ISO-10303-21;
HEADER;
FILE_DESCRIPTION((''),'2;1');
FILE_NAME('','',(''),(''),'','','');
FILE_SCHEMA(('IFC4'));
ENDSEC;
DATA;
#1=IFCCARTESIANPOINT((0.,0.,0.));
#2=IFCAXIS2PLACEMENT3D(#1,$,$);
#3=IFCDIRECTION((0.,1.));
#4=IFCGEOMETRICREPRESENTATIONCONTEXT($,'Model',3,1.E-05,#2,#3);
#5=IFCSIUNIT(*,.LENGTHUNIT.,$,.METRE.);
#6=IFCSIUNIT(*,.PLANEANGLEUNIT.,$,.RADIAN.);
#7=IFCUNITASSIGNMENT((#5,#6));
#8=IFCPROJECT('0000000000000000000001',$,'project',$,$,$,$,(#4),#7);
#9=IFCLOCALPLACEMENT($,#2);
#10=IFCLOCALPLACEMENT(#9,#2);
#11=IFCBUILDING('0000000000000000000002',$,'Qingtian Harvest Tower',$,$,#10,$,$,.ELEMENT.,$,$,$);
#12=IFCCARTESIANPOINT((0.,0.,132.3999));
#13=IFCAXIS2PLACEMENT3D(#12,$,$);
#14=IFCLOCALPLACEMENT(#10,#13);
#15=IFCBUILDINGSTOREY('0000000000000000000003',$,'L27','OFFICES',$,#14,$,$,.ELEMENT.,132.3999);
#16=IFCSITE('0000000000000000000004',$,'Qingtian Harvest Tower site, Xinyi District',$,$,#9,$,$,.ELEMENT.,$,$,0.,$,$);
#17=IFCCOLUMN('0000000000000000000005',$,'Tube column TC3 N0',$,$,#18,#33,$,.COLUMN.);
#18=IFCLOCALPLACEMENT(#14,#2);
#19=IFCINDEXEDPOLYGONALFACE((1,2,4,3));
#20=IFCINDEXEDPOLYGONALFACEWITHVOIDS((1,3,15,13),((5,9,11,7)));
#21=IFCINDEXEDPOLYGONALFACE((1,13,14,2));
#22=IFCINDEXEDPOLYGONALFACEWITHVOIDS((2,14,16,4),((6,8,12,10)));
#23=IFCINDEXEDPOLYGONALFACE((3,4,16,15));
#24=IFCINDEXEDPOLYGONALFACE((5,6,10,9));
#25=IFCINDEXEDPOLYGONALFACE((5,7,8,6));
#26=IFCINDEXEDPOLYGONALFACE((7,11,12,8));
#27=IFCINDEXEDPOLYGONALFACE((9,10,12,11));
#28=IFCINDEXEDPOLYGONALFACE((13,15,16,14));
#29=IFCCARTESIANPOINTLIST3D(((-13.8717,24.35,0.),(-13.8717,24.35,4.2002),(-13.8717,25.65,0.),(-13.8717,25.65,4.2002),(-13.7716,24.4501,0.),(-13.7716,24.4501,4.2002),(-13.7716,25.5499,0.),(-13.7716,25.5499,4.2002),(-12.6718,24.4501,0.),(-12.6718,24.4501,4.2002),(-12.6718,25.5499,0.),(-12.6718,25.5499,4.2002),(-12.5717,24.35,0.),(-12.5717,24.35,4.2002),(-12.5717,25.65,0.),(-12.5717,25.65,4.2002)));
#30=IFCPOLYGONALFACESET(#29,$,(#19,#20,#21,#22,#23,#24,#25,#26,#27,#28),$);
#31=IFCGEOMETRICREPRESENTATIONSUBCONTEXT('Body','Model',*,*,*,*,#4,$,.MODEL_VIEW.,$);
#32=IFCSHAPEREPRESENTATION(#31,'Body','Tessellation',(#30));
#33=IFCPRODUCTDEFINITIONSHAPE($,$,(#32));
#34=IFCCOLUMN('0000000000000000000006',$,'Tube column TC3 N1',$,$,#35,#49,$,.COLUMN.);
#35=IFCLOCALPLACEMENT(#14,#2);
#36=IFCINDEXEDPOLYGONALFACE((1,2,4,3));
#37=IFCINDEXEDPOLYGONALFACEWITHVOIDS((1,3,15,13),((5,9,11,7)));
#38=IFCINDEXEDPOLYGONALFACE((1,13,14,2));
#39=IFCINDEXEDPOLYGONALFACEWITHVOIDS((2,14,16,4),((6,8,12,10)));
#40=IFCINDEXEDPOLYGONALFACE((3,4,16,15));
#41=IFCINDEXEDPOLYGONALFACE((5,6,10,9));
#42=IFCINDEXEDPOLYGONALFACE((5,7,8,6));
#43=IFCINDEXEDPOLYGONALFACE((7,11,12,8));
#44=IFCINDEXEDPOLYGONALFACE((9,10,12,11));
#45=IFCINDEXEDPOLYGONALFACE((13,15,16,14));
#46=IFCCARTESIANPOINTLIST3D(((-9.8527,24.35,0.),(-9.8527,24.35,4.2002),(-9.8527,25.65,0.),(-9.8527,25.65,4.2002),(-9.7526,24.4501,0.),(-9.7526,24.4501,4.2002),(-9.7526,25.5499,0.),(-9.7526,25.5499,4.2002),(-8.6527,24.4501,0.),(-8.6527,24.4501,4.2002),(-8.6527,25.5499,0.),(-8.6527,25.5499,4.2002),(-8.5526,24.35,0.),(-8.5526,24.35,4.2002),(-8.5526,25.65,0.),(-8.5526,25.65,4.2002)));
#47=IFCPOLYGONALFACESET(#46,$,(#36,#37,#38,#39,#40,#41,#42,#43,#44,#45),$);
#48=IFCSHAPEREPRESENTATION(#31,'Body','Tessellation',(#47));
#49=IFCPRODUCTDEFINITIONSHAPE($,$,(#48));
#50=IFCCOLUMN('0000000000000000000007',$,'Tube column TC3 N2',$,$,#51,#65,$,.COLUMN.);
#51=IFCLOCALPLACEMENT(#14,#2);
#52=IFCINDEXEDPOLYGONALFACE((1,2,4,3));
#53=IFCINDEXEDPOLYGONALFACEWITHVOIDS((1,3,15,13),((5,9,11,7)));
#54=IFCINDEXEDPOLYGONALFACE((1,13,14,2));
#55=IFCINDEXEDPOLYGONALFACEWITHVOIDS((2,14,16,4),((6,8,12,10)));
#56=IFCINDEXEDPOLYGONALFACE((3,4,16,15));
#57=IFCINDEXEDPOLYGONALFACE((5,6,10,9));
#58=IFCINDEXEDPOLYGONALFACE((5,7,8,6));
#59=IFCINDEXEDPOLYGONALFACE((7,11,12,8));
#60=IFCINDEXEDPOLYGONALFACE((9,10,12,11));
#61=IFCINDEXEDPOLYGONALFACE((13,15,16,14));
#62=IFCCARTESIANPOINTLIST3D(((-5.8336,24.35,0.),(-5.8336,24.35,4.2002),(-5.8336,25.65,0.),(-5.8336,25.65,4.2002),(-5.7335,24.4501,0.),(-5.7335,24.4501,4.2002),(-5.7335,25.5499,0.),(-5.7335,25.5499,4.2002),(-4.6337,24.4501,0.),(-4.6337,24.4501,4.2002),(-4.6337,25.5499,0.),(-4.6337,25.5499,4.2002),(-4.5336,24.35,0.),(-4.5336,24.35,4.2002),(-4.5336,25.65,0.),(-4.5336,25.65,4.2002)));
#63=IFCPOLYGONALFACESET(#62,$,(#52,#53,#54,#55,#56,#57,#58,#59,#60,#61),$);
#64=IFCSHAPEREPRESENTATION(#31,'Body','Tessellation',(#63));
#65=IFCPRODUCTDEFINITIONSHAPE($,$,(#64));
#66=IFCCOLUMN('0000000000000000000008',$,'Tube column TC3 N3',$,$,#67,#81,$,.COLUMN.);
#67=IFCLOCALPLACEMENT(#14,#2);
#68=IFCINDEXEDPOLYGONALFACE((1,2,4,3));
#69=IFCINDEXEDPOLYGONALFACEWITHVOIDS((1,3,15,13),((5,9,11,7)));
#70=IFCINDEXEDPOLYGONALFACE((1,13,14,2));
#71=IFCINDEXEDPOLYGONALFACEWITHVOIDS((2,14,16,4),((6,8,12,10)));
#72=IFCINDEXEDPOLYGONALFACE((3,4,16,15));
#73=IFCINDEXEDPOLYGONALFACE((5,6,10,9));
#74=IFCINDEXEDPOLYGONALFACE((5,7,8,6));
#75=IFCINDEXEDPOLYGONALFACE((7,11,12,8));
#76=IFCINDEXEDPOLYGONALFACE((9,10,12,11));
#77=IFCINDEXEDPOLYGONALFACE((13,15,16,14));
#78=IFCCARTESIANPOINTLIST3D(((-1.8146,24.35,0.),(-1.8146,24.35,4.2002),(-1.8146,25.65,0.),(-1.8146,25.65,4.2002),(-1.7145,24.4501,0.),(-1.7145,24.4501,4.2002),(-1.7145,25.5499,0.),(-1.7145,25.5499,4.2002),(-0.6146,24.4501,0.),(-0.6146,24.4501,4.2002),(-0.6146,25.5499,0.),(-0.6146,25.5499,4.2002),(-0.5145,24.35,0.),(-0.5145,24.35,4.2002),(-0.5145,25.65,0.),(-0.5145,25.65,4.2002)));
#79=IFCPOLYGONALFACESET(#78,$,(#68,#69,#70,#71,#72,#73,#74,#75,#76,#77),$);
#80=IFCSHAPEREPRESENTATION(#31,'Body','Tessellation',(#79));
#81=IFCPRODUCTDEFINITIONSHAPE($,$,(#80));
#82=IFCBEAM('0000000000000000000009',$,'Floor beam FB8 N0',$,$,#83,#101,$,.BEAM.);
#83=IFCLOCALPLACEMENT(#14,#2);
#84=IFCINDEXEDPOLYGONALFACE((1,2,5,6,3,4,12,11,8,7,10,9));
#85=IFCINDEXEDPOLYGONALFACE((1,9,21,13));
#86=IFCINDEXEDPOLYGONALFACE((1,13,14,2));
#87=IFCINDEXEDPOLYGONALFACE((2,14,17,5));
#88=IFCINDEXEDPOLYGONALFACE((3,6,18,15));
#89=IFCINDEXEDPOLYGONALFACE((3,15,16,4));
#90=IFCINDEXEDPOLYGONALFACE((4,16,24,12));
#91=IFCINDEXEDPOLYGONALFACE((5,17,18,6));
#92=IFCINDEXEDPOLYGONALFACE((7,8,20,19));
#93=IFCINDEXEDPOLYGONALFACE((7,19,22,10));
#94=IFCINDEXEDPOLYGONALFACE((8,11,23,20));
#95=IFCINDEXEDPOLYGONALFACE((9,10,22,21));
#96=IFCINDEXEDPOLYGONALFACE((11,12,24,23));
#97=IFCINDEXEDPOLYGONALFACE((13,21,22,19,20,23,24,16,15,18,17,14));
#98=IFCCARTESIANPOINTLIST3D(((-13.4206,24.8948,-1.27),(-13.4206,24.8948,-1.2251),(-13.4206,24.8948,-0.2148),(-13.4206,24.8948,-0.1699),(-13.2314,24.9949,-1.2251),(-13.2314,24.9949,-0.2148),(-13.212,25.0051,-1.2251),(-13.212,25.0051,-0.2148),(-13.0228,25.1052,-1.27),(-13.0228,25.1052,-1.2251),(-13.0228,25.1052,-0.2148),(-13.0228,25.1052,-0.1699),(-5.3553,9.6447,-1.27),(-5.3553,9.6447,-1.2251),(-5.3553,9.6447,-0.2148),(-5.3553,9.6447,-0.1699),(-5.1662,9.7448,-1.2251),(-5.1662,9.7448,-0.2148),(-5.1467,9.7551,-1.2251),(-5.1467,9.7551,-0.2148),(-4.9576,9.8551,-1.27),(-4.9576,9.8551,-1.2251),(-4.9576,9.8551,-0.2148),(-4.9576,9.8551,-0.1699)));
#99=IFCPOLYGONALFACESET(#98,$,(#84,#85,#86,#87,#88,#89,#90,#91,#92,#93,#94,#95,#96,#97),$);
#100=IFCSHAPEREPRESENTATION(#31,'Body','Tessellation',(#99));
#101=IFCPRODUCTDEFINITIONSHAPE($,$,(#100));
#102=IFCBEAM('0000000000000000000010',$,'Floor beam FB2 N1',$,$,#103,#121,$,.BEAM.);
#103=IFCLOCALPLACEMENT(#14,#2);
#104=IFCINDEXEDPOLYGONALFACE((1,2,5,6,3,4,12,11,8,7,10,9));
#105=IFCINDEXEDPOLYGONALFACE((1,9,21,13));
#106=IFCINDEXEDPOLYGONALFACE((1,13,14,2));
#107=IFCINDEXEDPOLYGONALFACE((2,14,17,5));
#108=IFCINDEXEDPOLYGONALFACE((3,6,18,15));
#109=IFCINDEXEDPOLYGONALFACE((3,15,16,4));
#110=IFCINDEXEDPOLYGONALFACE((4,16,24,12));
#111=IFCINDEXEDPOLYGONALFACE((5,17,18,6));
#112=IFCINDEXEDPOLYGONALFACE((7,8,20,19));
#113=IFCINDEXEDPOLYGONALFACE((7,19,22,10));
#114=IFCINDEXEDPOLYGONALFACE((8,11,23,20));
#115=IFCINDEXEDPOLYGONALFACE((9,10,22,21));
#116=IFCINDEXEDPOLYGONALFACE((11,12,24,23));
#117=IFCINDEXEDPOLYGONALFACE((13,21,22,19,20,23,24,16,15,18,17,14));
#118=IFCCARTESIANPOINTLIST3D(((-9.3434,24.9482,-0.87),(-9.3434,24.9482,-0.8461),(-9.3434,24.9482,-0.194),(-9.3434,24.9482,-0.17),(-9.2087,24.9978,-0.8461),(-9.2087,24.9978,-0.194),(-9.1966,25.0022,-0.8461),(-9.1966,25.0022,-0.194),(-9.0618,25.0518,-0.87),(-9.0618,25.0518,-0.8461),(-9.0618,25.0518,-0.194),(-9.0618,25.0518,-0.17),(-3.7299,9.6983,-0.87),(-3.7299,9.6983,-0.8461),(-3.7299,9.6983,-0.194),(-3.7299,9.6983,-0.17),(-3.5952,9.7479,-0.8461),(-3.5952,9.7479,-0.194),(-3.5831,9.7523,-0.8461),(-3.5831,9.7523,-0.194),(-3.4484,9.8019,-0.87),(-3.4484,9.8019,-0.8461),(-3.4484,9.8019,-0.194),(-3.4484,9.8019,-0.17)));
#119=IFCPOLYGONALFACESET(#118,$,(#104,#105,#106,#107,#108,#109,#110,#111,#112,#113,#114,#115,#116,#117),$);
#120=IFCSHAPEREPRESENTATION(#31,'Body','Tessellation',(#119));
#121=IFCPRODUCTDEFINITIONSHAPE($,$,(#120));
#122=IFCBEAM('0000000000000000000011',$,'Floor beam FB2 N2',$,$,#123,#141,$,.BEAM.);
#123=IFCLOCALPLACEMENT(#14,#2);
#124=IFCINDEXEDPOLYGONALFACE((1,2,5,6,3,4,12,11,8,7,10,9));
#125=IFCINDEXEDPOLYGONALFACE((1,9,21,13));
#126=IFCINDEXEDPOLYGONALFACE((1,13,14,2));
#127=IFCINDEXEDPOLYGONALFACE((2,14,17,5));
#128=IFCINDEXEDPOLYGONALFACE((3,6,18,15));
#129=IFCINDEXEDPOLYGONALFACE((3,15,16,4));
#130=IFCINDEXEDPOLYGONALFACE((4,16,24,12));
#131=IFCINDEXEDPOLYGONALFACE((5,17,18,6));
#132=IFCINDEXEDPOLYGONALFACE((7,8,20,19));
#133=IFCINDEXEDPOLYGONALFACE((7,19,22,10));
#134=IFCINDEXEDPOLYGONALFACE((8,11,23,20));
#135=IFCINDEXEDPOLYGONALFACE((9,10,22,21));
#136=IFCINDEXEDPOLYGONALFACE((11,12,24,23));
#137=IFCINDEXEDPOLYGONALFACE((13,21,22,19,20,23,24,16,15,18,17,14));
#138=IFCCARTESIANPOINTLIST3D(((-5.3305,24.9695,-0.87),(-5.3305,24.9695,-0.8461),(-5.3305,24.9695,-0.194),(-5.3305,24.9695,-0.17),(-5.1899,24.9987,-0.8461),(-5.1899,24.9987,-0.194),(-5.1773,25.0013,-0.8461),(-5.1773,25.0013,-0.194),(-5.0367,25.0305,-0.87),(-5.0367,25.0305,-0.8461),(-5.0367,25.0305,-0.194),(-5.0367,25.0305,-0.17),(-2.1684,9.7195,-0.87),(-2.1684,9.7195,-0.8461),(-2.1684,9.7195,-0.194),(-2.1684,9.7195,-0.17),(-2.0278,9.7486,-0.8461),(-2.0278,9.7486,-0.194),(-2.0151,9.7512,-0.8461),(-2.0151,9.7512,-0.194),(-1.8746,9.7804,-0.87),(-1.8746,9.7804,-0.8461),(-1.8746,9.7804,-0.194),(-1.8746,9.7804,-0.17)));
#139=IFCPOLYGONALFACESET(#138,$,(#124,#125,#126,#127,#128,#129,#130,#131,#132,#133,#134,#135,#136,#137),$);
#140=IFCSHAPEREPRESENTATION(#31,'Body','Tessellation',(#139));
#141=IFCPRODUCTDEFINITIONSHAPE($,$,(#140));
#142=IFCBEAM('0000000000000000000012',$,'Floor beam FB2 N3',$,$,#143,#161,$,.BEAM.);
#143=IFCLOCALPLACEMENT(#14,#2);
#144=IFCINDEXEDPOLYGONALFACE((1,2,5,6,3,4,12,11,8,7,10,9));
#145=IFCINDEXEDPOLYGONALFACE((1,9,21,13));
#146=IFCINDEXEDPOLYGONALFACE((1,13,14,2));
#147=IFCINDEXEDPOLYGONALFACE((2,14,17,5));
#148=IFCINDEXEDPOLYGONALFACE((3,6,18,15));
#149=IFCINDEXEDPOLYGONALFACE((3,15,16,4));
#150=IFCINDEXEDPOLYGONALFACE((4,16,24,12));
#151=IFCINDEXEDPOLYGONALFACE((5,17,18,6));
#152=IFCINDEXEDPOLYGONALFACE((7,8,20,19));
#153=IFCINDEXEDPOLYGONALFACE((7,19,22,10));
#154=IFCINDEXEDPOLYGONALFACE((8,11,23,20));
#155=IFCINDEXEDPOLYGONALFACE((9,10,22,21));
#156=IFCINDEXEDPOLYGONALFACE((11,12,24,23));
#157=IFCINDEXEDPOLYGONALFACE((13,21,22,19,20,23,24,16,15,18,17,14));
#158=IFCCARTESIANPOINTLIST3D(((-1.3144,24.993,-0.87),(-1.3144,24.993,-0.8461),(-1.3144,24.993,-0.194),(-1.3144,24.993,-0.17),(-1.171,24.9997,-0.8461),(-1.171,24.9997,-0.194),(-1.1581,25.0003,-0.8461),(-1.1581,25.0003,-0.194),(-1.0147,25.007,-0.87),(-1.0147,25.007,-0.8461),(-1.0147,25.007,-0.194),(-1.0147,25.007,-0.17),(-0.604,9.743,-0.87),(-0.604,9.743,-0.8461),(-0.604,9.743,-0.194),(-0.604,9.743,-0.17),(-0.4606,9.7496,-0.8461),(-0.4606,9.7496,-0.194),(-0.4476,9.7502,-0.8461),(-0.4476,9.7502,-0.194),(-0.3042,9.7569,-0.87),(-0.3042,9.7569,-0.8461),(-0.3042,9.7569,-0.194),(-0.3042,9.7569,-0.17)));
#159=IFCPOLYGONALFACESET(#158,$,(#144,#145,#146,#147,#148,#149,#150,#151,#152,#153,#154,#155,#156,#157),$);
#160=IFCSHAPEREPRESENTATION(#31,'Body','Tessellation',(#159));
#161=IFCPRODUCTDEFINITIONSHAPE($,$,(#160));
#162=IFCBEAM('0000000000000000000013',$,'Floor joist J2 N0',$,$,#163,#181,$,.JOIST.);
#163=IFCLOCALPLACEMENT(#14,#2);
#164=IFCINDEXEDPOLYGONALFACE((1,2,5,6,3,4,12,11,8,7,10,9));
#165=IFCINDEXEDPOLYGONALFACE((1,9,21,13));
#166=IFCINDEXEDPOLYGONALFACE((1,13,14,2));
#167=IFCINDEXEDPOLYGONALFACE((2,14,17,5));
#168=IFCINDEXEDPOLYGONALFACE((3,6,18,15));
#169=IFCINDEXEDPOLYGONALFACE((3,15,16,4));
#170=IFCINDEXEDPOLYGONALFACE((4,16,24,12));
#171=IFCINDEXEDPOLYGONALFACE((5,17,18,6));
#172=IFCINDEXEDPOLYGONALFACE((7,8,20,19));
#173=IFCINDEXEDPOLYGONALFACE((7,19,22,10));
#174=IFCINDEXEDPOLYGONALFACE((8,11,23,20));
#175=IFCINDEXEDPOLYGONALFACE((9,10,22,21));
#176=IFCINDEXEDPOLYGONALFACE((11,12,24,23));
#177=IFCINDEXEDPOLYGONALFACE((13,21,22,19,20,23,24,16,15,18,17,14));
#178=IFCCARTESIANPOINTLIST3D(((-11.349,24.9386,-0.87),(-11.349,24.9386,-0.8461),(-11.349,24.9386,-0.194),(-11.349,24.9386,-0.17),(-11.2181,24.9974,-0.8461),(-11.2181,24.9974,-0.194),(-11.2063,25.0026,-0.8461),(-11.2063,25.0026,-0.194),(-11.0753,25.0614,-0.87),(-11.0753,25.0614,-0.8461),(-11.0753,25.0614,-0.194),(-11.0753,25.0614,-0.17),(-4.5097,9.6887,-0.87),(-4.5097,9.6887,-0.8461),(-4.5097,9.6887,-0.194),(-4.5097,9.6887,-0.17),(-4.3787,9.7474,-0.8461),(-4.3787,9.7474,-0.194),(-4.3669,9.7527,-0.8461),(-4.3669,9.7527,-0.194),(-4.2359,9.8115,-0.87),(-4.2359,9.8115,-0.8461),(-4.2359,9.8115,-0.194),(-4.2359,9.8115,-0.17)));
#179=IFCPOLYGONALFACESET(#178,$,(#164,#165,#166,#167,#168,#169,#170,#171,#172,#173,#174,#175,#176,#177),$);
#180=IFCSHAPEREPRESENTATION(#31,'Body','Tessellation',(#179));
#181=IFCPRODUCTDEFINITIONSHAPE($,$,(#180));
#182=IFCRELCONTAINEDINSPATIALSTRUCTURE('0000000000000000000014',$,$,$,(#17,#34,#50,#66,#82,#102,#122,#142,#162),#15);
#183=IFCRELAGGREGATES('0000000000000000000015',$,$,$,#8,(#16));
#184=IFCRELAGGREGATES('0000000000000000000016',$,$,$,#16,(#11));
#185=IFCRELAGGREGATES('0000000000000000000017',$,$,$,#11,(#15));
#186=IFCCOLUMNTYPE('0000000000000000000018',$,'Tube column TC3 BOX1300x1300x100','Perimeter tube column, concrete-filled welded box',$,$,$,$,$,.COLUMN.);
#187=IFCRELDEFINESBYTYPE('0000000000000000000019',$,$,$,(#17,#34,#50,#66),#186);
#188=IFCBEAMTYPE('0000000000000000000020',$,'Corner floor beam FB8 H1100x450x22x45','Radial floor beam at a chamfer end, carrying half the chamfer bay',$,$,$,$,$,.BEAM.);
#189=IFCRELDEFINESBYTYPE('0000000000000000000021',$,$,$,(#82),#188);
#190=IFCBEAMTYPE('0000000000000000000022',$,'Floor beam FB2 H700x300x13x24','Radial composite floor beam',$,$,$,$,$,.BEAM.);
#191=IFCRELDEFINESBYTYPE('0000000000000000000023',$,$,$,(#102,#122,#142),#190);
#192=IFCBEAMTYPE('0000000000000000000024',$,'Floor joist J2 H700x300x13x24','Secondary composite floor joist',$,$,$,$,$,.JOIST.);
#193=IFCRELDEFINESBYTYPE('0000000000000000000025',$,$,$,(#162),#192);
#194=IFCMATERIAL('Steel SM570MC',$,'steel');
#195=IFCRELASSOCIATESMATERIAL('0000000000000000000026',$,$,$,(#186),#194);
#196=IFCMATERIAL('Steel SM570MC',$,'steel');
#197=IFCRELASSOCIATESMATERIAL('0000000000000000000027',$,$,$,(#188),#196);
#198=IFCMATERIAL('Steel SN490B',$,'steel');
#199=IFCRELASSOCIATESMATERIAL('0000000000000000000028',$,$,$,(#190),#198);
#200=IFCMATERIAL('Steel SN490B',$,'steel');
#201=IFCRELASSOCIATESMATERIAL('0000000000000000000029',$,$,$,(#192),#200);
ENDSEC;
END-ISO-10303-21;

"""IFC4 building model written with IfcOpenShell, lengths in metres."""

from ifc_helpers import new_model, si_unit, direction, frame, origin, origin_2d, place, context, subcontext, project, spatial, hollow_rectangle, i_section, extrude, material, material_profile, profile_set, type_object, element, save


model = new_model("IFC4")

# Units and contexts
model_context = context("Model", 3, precision=1e-05, world=origin(), true_north=direction((0.0, 1.0)))
body_context = subcontext(model_context, "Body", "Model", "MODEL_VIEW")
ifc_project = project(units=[si_unit("LENGTHUNIT", "METRE"), si_unit("PLANEANGLEUNIT", "RADIAN")], contexts=[model_context])

# Site, building, storey
site_placement = place(None, origin())
site = spatial("IfcSite", under=ifc_project, at=site_placement, Name="Qingtian Harvest Tower site, Xinyi District", CompositionType="ELEMENT", RefElevation=0.0)
building_placement = place(site_placement, origin())
building = spatial("IfcBuilding", under=site, at=building_placement, Name="Qingtian Harvest Tower", CompositionType="ELEMENT")
storey_placement = place(building_placement, frame((0.0, 0.0, 132.3999)))
storey = spatial("IfcBuildingStorey", under=building, at=storey_placement, Name="L27", Description="OFFICES", CompositionType="ELEMENT", Elevation=132.3999)

# Columns
ifc_material_1 = material(Name="Steel SM570MC", Category="steel")
ifc_material_profile_1 = material_profile(ifc_material_1, hollow_rectangle(XDim=1.3, YDim=1.3, WallThickness=0.1001, at=origin_2d()), Name="BOX1300x1300x100")
ifc_profile_set_1 = profile_set([ifc_material_profile_1], Name="Steel SM570MC")
column_type = type_object("IfcColumnType", Name="Tube column TC3 BOX1300x1300x100", Description="Perimeter tube column, concrete-filled welded box", PredefinedType="COLUMN", material=ifc_profile_set_1)
for number, where, z_axis, x_axis, name in (
    (1, (-13.2217, 25.0, 0.0), (0.0, 0.0, 1.0), (-1.0, 0.0, 0.0), "Tube column TC3 N0"),
    (2, (-9.2026, 25.0, 0.0), (0.0, 0.0, 1.0), (-1.0, 0.0, 0.0), "Tube column TC3 N1"),
    (3, (-5.1836, 25.0, 0.0), (0.0, 0.0, 1.0), (-1.0, 0.0, 0.0), "Tube column TC3 N2"),
    (4, (-1.1646, 25.0, 0.0), (0.0, 0.0, 1.0), (-1.0, 0.0, 0.0), "Tube column TC3 N3"),
):
    element("IfcColumn", number, at=place(storey_placement, frame(where, z_axis=z_axis, x_axis=x_axis)), inside=storey, type_object=column_type, Name=name, PredefinedType="COLUMN", context=body_context, shape_type="SweptSolid", body=[
        extrude(hollow_rectangle(XDim=1.3, YDim=1.3, WallThickness=0.1001, at=origin_2d()), origin(), (0.0, 0.0, 1.0), 4.2002),
    ])

# Beams
ifc_material_2 = material(Name="Steel SM570MC", Category="steel")
ifc_material_profile_2 = material_profile(ifc_material_2, i_section(OverallWidth=0.45, OverallDepth=1.1001, WebThickness=0.022, FlangeThickness=0.0449, at=origin_2d()), Name="H1100x450x22x45")
ifc_profile_set_2 = profile_set([ifc_material_profile_2], Name="Steel SM570MC")
beam_type_1 = type_object("IfcBeamType", Name="Corner floor beam FB8 H1100x450x22x45", Description="Radial floor beam at a chamfer end, carrying half the chamfer bay", PredefinedType="BEAM", material=ifc_profile_set_2)
beam_1_placement = place(storey_placement, frame((-13.2217, 25.0, -0.72), z_axis=(0.46751, -0.883988, 0.0), x_axis=(0.883988, 0.46751, 0.0)))
element("IfcBeam", 5, at=beam_1_placement, inside=storey, type_object=beam_type_1, Name="Floor beam FB8 N0", PredefinedType="BEAM", context=body_context, shape_type="SweptSolid", body=[
    extrude(i_section(OverallWidth=0.45, OverallDepth=1.1001, WebThickness=0.022, FlangeThickness=0.0449, at=origin_2d()), origin(), (0.0, 0.0, 1.0), 17.2515),
])
ifc_material_3 = material(Name="Steel SN490B", Category="steel")
ifc_material_profile_3 = material_profile(ifc_material_3, i_section(OverallWidth=0.3, OverallDepth=0.7, WebThickness=0.0129, FlangeThickness=0.0239, at=origin_2d()), Name="H700x300x13x24")
ifc_profile_set_3 = profile_set([ifc_material_profile_3], Name="Steel SN490B")
beam_type_2 = type_object("IfcBeamType", Name="Floor beam FB2 H700x300x13x24", Description="Radial composite floor beam", PredefinedType="BEAM", material=ifc_profile_set_3)
beam_2_placement = place(storey_placement, frame((-9.2026, 25.0, -0.52), z_axis=(0.34544, -0.938441, 0.0), x_axis=(0.938441, 0.34544, 0.0)))
element("IfcBeam", 6, at=beam_2_placement, inside=storey, type_object=beam_type_2, Name="Floor beam FB2 N1", PredefinedType="BEAM", context=body_context, shape_type="SweptSolid", body=[
    extrude(i_section(OverallWidth=0.3, OverallDepth=0.7, WebThickness=0.0129, FlangeThickness=0.0239, at=origin_2d()), origin(), (0.0, 0.0, 1.0), 16.2502),
])
beam_3_placement = place(storey_placement, frame((-5.1836, 25.0, -0.52), z_axis=(0.203033, -0.979172, 0.0), x_axis=(0.979172, 0.203033, 0.0)))
element("IfcBeam", 7, at=beam_3_placement, inside=storey, type_object=beam_type_2, Name="Floor beam FB2 N2", PredefinedType="BEAM", context=body_context, shape_type="SweptSolid", body=[
    extrude(i_section(OverallWidth=0.3, OverallDepth=0.7, WebThickness=0.0129, FlangeThickness=0.0239, at=origin_2d()), origin(), (0.0, 0.0, 1.0), 15.5745),
])
beam_4_placement = place(storey_placement, frame((-1.1646, 25.0, -0.52), z_axis=(0.046536, -0.998917, 0.0), x_axis=(0.998917, 0.046536, 0.0)))
element("IfcBeam", 8, at=beam_4_placement, inside=storey, type_object=beam_type_2, Name="Floor beam FB2 N3", PredefinedType="BEAM", context=body_context, shape_type="SweptSolid", body=[
    extrude(i_section(OverallWidth=0.3, OverallDepth=0.7, WebThickness=0.0129, FlangeThickness=0.0239, at=origin_2d()), origin(), (0.0, 0.0, 1.0), 15.2666),
])
ifc_material_4 = material(Name="Steel SN490B", Category="steel")
ifc_material_profile_4 = material_profile(ifc_material_4, i_section(OverallWidth=0.3, OverallDepth=0.7, WebThickness=0.0129, FlangeThickness=0.0239, at=origin_2d()), Name="H700x300x13x24")
ifc_profile_set_4 = profile_set([ifc_material_profile_4], Name="Steel SN490B")
beam_type_3 = type_object("IfcBeamType", Name="Floor joist J2 H700x300x13x24", Description="Secondary composite floor joist", PredefinedType="JOIST", material=ifc_profile_set_4)
beam_5_placement = place(storey_placement, frame((-11.2122, 25.0, -0.52), z_axis=(0.409213, -0.912439, 0.0), x_axis=(0.912439, 0.409213, 0.0)))
element("IfcBeam", 9, at=beam_5_placement, inside=storey, type_object=beam_type_3, Name="Floor joist J2 N0", PredefinedType="JOIST", context=body_context, shape_type="SweptSolid", body=[
    extrude(i_section(OverallWidth=0.3, OverallDepth=0.7, WebThickness=0.0129, FlangeThickness=0.0239, at=origin_2d()), origin(), (0.0, 0.0, 1.0), 16.7134),
])

save(model, "model.ifc")
